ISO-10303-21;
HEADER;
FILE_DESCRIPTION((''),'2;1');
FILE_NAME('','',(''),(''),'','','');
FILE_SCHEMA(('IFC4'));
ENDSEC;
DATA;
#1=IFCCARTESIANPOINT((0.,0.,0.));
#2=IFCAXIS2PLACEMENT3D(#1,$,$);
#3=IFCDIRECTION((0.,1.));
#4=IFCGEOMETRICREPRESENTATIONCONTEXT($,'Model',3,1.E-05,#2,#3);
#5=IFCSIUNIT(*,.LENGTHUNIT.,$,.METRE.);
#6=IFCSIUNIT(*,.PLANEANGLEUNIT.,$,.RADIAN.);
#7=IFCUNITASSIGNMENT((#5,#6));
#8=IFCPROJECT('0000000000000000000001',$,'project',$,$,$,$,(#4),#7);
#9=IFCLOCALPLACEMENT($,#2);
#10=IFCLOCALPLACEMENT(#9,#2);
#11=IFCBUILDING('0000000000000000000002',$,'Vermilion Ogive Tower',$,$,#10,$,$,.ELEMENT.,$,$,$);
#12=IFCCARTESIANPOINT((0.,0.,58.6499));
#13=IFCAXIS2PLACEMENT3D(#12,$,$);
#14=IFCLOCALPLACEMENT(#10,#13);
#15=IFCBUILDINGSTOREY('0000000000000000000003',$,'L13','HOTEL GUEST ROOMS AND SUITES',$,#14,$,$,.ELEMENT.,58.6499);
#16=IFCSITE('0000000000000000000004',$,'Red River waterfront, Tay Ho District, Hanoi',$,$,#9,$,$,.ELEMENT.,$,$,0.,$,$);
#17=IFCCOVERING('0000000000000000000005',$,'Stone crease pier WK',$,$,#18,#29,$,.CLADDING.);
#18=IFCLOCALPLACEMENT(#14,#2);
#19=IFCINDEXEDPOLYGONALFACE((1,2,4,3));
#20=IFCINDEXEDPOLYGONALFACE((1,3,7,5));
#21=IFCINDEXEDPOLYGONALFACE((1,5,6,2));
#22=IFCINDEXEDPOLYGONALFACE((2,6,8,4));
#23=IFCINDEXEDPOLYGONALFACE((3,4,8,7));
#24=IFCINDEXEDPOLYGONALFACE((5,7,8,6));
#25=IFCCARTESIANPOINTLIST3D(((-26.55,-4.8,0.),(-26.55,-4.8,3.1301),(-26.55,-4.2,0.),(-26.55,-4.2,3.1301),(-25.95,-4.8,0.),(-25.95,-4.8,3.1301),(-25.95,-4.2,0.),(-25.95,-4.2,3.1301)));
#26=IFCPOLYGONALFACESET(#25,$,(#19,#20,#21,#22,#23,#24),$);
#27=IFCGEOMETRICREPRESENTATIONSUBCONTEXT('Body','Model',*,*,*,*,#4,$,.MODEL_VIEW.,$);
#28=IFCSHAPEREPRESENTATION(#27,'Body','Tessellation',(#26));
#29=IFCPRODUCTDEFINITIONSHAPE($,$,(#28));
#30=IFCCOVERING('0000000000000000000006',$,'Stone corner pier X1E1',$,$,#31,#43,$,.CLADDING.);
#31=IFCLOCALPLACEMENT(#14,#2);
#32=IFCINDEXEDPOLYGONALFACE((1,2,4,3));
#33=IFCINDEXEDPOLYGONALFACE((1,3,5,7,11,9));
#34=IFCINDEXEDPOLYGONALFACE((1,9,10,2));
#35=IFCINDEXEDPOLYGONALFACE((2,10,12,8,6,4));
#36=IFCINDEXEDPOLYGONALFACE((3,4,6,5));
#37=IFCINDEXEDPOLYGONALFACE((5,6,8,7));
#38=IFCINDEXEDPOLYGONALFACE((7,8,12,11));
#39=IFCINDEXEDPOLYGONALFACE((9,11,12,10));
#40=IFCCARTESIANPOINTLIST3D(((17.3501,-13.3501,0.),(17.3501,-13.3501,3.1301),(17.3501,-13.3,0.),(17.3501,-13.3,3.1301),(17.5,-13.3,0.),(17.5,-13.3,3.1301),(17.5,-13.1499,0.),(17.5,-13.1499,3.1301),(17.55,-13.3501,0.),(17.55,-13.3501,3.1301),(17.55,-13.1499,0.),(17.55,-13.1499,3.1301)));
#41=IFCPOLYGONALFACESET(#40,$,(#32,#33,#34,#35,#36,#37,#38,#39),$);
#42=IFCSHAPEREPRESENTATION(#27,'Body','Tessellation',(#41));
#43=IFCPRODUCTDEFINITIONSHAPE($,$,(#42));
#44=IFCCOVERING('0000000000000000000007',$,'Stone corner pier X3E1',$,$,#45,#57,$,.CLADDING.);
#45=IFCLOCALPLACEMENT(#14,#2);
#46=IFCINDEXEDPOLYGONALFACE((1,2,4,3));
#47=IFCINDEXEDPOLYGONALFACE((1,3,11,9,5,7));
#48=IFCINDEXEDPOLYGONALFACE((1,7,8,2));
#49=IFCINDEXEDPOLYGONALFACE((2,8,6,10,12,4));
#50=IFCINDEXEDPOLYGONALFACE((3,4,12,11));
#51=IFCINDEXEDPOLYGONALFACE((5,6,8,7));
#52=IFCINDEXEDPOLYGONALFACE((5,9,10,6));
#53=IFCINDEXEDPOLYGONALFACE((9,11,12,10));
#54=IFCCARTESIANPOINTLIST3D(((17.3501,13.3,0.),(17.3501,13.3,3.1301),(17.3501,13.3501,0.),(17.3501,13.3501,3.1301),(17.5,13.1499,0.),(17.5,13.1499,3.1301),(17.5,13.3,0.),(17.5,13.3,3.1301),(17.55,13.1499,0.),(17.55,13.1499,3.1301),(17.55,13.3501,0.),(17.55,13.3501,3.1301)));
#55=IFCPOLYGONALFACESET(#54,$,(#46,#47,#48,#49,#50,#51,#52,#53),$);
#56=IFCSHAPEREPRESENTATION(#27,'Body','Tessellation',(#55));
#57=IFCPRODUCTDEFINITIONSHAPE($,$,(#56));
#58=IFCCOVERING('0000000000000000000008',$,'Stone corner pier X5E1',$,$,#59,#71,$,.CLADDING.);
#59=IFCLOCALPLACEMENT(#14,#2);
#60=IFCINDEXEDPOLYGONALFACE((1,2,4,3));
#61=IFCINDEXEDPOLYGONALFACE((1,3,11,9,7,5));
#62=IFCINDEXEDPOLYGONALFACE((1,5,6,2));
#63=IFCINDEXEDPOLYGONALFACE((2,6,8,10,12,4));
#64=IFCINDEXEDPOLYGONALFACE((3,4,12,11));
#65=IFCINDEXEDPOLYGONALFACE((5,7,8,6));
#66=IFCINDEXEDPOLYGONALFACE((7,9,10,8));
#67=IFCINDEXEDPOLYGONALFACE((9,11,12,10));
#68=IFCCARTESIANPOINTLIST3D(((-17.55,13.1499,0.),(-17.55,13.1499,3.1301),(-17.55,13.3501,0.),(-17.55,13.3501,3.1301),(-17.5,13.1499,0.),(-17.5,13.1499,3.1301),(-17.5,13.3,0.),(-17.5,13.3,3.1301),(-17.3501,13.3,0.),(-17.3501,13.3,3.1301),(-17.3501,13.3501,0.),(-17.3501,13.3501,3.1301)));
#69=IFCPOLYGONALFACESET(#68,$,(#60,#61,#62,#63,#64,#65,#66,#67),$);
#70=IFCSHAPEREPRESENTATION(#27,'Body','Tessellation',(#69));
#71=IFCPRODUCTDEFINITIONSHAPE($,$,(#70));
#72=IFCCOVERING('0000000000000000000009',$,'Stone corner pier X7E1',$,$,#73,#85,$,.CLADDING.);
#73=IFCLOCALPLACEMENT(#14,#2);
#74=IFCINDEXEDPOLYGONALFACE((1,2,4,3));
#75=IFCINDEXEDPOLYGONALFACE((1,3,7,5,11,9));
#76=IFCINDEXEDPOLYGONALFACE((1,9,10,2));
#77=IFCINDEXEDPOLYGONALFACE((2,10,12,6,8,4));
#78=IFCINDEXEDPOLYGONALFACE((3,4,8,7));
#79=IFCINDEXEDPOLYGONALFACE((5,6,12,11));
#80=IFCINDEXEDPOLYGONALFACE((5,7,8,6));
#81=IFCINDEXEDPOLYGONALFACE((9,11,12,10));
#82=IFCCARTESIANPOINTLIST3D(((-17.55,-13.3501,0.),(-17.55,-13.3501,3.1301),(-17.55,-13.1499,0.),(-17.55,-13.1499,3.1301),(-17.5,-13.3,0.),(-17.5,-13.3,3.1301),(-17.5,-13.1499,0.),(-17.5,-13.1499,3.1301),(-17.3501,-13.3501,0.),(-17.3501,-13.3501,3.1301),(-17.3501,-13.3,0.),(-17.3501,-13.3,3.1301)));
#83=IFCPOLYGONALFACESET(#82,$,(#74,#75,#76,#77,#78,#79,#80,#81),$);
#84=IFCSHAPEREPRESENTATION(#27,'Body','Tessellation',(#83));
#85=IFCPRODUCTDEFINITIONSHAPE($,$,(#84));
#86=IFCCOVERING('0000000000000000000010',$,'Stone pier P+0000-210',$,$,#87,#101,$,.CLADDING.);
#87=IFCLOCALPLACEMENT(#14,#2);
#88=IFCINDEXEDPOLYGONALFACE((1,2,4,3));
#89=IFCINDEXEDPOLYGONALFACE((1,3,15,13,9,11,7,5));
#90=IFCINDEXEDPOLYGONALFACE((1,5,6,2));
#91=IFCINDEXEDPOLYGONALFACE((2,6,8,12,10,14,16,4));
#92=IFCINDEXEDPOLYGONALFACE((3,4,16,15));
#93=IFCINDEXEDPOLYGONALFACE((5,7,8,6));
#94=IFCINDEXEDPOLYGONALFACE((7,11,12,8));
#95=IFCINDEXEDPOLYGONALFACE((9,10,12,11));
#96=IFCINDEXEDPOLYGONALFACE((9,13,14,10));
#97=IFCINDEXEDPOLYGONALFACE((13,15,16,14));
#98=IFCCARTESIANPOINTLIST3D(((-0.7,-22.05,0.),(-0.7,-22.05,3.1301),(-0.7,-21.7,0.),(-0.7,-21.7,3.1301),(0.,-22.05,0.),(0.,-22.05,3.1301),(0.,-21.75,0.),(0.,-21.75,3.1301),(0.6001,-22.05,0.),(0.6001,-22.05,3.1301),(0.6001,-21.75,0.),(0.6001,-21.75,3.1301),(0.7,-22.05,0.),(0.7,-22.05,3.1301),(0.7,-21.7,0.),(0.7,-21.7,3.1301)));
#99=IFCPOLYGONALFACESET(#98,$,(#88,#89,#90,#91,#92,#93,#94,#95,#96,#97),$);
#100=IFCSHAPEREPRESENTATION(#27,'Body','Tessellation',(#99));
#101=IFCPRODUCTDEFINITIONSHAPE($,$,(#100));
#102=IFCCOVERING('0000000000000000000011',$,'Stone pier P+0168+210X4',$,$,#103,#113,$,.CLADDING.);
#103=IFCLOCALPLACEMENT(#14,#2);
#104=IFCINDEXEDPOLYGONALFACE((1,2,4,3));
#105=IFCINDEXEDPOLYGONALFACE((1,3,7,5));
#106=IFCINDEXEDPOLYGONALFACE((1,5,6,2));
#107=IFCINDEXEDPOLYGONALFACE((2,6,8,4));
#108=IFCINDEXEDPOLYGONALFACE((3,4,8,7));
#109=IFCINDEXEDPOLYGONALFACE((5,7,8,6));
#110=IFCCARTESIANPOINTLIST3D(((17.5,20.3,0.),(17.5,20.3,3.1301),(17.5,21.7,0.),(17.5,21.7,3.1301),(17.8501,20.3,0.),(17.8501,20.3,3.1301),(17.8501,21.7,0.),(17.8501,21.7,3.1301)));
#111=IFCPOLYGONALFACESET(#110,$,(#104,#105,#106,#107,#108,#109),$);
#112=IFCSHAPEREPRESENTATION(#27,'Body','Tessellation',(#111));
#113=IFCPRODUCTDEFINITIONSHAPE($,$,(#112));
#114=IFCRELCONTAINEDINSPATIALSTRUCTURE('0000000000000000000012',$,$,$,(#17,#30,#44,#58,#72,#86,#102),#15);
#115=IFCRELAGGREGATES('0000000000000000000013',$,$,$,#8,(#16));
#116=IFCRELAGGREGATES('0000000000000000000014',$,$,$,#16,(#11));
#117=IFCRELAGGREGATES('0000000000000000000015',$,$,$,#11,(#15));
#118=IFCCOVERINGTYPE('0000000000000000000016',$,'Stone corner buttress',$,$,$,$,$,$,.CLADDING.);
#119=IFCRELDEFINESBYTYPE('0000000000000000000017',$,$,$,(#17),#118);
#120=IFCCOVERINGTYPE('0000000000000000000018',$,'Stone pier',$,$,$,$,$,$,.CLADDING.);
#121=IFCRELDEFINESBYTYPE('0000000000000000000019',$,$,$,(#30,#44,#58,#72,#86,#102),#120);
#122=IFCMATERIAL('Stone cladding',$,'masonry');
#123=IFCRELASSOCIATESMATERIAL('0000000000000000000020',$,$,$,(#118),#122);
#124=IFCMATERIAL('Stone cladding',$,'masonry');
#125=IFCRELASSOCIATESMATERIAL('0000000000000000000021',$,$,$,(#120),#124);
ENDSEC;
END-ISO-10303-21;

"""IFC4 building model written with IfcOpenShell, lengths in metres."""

from ifc_helpers import new_model, si_unit, direction, frame, origin, place, context, subcontext, project, spatial, polyline, outline, extrude, material, type_object, element, save


model = new_model("IFC4")

# Units and contexts
model_context = context("Model", 3, precision=1e-05, world=origin(), true_north=direction((0.0, 1.0)))
body_context = subcontext(model_context, "Body", "Model", "MODEL_VIEW")
ifc_project = project(units=[si_unit("LENGTHUNIT", "METRE"), si_unit("PLANEANGLEUNIT", "RADIAN")], contexts=[model_context])

# Site, building, storey
site_placement = place(None, origin())
site = spatial("IfcSite", under=ifc_project, at=site_placement, Name="Red River waterfront, Tay Ho District, Hanoi", CompositionType="ELEMENT", RefElevation=0.0)
building_placement = place(site_placement, origin())
building = spatial("IfcBuilding", under=site, at=building_placement, Name="Vermilion Ogive Tower", CompositionType="ELEMENT")
storey_placement = place(building_placement, frame((0.0, 0.0, 58.6499)))
storey = spatial("IfcBuildingStorey", under=building, at=storey_placement, Name="L13", Description="HOTEL GUEST ROOMS AND SUITES", CompositionType="ELEMENT", Elevation=58.6499)

# Coverings
ifc_material_1 = material(Name="Stone cladding", Category="masonry")
covering_type_1 = type_object("IfcCoveringType", Name="Stone corner buttress", PredefinedType="CLADDING", material=ifc_material_1)
covering_1_placement = place(storey_placement, origin())
element("IfcCovering", 1, at=covering_1_placement, inside=storey, type_object=covering_type_1, Name="Stone crease pier WK", PredefinedType="CLADDING", context=body_context, shape_type="SweptSolid", body=[
    extrude(outline(polyline([(-26.55, -4.2), (-26.55, -4.8), (-25.95, -4.8), (-25.95, -4.2), (-26.55, -4.2)])), origin(), (0.0, 0.0, 1.0), 3.1301),
])
ifc_material_2 = material(Name="Stone cladding", Category="masonry")
covering_type_2 = type_object("IfcCoveringType", Name="Stone pier", PredefinedType="CLADDING", material=ifc_material_2)
covering_2_placement = place(storey_placement, origin())
element("IfcCovering", 2, at=covering_2_placement, inside=storey, type_object=covering_type_2, Name="Stone corner pier X1E1", PredefinedType="CLADDING", context=body_context, shape_type="SweptSolid", body=[
    extrude(outline(polyline([(17.3501, -13.3), (17.5, -13.3), (17.5, -13.1499), (17.55, -13.1499), (17.55, -13.3501), (17.3501, -13.3501), (17.3501, -13.3)])), origin(), (0.0, 0.0, 1.0), 3.1301),
])
covering_3_placement = place(storey_placement, origin())
element("IfcCovering", 3, at=covering_3_placement, inside=storey, type_object=covering_type_2, Name="Stone corner pier X3E1", PredefinedType="CLADDING", context=body_context, shape_type="SweptSolid", body=[
    extrude(outline(polyline([(17.5, 13.1499), (17.5, 13.3), (17.3501, 13.3), (17.3501, 13.3501), (17.55, 13.3501), (17.55, 13.1499), (17.5, 13.1499)])), origin(), (0.0, 0.0, 1.0), 3.1301),
])
covering_4_placement = place(storey_placement, origin())
element("IfcCovering", 4, at=covering_4_placement, inside=storey, type_object=covering_type_2, Name="Stone corner pier X5E1", PredefinedType="CLADDING", context=body_context, shape_type="SweptSolid", body=[
    extrude(outline(polyline([(-17.3501, 13.3), (-17.5, 13.3), (-17.5, 13.1499), (-17.55, 13.1499), (-17.55, 13.3501), (-17.3501, 13.3501), (-17.3501, 13.3)])), origin(), (0.0, 0.0, 1.0), 3.1301),
])
covering_5_placement = place(storey_placement, origin())
element("IfcCovering", 5, at=covering_5_placement, inside=storey, type_object=covering_type_2, Name="Stone corner pier X7E1", PredefinedType="CLADDING", context=body_context, shape_type="SweptSolid", body=[
    extrude(outline(polyline([(-17.5, -13.1499), (-17.5, -13.3), (-17.3501, -13.3), (-17.3501, -13.3501), (-17.55, -13.3501), (-17.55, -13.1499), (-17.5, -13.1499)])), origin(), (0.0, 0.0, 1.0), 3.1301),
])
covering_6_placement = place(storey_placement, origin())
element("IfcCovering", 6, at=covering_6_placement, inside=storey, type_object=covering_type_2, Name="Stone pier P+0000-210", PredefinedType="CLADDING", context=body_context, shape_type="SweptSolid", body=[
    extrude(outline(polyline([(0.7, -22.05), (0.6001, -22.05), (0.6001, -21.75), (0.0, -21.75), (0.0, -22.05), (-0.7, -22.05), (-0.7, -21.7), (0.7, -21.7), (0.7, -22.05)])), origin(), (0.0, 0.0, 1.0), 3.1301),
])
covering_7_placement = place(storey_placement, origin())
element("IfcCovering", 7, at=covering_7_placement, inside=storey, type_object=covering_type_2, Name="Stone pier P+0168+210X4", PredefinedType="CLADDING", context=body_context, shape_type="SweptSolid", body=[
    extrude(outline(polyline([(17.8501, 21.7), (17.8501, 20.3), (17.5, 20.3), (17.5, 21.7), (17.8501, 21.7)])), origin(), (0.0, 0.0, 1.0), 3.1301),
])

save(model, "model.ifc")
